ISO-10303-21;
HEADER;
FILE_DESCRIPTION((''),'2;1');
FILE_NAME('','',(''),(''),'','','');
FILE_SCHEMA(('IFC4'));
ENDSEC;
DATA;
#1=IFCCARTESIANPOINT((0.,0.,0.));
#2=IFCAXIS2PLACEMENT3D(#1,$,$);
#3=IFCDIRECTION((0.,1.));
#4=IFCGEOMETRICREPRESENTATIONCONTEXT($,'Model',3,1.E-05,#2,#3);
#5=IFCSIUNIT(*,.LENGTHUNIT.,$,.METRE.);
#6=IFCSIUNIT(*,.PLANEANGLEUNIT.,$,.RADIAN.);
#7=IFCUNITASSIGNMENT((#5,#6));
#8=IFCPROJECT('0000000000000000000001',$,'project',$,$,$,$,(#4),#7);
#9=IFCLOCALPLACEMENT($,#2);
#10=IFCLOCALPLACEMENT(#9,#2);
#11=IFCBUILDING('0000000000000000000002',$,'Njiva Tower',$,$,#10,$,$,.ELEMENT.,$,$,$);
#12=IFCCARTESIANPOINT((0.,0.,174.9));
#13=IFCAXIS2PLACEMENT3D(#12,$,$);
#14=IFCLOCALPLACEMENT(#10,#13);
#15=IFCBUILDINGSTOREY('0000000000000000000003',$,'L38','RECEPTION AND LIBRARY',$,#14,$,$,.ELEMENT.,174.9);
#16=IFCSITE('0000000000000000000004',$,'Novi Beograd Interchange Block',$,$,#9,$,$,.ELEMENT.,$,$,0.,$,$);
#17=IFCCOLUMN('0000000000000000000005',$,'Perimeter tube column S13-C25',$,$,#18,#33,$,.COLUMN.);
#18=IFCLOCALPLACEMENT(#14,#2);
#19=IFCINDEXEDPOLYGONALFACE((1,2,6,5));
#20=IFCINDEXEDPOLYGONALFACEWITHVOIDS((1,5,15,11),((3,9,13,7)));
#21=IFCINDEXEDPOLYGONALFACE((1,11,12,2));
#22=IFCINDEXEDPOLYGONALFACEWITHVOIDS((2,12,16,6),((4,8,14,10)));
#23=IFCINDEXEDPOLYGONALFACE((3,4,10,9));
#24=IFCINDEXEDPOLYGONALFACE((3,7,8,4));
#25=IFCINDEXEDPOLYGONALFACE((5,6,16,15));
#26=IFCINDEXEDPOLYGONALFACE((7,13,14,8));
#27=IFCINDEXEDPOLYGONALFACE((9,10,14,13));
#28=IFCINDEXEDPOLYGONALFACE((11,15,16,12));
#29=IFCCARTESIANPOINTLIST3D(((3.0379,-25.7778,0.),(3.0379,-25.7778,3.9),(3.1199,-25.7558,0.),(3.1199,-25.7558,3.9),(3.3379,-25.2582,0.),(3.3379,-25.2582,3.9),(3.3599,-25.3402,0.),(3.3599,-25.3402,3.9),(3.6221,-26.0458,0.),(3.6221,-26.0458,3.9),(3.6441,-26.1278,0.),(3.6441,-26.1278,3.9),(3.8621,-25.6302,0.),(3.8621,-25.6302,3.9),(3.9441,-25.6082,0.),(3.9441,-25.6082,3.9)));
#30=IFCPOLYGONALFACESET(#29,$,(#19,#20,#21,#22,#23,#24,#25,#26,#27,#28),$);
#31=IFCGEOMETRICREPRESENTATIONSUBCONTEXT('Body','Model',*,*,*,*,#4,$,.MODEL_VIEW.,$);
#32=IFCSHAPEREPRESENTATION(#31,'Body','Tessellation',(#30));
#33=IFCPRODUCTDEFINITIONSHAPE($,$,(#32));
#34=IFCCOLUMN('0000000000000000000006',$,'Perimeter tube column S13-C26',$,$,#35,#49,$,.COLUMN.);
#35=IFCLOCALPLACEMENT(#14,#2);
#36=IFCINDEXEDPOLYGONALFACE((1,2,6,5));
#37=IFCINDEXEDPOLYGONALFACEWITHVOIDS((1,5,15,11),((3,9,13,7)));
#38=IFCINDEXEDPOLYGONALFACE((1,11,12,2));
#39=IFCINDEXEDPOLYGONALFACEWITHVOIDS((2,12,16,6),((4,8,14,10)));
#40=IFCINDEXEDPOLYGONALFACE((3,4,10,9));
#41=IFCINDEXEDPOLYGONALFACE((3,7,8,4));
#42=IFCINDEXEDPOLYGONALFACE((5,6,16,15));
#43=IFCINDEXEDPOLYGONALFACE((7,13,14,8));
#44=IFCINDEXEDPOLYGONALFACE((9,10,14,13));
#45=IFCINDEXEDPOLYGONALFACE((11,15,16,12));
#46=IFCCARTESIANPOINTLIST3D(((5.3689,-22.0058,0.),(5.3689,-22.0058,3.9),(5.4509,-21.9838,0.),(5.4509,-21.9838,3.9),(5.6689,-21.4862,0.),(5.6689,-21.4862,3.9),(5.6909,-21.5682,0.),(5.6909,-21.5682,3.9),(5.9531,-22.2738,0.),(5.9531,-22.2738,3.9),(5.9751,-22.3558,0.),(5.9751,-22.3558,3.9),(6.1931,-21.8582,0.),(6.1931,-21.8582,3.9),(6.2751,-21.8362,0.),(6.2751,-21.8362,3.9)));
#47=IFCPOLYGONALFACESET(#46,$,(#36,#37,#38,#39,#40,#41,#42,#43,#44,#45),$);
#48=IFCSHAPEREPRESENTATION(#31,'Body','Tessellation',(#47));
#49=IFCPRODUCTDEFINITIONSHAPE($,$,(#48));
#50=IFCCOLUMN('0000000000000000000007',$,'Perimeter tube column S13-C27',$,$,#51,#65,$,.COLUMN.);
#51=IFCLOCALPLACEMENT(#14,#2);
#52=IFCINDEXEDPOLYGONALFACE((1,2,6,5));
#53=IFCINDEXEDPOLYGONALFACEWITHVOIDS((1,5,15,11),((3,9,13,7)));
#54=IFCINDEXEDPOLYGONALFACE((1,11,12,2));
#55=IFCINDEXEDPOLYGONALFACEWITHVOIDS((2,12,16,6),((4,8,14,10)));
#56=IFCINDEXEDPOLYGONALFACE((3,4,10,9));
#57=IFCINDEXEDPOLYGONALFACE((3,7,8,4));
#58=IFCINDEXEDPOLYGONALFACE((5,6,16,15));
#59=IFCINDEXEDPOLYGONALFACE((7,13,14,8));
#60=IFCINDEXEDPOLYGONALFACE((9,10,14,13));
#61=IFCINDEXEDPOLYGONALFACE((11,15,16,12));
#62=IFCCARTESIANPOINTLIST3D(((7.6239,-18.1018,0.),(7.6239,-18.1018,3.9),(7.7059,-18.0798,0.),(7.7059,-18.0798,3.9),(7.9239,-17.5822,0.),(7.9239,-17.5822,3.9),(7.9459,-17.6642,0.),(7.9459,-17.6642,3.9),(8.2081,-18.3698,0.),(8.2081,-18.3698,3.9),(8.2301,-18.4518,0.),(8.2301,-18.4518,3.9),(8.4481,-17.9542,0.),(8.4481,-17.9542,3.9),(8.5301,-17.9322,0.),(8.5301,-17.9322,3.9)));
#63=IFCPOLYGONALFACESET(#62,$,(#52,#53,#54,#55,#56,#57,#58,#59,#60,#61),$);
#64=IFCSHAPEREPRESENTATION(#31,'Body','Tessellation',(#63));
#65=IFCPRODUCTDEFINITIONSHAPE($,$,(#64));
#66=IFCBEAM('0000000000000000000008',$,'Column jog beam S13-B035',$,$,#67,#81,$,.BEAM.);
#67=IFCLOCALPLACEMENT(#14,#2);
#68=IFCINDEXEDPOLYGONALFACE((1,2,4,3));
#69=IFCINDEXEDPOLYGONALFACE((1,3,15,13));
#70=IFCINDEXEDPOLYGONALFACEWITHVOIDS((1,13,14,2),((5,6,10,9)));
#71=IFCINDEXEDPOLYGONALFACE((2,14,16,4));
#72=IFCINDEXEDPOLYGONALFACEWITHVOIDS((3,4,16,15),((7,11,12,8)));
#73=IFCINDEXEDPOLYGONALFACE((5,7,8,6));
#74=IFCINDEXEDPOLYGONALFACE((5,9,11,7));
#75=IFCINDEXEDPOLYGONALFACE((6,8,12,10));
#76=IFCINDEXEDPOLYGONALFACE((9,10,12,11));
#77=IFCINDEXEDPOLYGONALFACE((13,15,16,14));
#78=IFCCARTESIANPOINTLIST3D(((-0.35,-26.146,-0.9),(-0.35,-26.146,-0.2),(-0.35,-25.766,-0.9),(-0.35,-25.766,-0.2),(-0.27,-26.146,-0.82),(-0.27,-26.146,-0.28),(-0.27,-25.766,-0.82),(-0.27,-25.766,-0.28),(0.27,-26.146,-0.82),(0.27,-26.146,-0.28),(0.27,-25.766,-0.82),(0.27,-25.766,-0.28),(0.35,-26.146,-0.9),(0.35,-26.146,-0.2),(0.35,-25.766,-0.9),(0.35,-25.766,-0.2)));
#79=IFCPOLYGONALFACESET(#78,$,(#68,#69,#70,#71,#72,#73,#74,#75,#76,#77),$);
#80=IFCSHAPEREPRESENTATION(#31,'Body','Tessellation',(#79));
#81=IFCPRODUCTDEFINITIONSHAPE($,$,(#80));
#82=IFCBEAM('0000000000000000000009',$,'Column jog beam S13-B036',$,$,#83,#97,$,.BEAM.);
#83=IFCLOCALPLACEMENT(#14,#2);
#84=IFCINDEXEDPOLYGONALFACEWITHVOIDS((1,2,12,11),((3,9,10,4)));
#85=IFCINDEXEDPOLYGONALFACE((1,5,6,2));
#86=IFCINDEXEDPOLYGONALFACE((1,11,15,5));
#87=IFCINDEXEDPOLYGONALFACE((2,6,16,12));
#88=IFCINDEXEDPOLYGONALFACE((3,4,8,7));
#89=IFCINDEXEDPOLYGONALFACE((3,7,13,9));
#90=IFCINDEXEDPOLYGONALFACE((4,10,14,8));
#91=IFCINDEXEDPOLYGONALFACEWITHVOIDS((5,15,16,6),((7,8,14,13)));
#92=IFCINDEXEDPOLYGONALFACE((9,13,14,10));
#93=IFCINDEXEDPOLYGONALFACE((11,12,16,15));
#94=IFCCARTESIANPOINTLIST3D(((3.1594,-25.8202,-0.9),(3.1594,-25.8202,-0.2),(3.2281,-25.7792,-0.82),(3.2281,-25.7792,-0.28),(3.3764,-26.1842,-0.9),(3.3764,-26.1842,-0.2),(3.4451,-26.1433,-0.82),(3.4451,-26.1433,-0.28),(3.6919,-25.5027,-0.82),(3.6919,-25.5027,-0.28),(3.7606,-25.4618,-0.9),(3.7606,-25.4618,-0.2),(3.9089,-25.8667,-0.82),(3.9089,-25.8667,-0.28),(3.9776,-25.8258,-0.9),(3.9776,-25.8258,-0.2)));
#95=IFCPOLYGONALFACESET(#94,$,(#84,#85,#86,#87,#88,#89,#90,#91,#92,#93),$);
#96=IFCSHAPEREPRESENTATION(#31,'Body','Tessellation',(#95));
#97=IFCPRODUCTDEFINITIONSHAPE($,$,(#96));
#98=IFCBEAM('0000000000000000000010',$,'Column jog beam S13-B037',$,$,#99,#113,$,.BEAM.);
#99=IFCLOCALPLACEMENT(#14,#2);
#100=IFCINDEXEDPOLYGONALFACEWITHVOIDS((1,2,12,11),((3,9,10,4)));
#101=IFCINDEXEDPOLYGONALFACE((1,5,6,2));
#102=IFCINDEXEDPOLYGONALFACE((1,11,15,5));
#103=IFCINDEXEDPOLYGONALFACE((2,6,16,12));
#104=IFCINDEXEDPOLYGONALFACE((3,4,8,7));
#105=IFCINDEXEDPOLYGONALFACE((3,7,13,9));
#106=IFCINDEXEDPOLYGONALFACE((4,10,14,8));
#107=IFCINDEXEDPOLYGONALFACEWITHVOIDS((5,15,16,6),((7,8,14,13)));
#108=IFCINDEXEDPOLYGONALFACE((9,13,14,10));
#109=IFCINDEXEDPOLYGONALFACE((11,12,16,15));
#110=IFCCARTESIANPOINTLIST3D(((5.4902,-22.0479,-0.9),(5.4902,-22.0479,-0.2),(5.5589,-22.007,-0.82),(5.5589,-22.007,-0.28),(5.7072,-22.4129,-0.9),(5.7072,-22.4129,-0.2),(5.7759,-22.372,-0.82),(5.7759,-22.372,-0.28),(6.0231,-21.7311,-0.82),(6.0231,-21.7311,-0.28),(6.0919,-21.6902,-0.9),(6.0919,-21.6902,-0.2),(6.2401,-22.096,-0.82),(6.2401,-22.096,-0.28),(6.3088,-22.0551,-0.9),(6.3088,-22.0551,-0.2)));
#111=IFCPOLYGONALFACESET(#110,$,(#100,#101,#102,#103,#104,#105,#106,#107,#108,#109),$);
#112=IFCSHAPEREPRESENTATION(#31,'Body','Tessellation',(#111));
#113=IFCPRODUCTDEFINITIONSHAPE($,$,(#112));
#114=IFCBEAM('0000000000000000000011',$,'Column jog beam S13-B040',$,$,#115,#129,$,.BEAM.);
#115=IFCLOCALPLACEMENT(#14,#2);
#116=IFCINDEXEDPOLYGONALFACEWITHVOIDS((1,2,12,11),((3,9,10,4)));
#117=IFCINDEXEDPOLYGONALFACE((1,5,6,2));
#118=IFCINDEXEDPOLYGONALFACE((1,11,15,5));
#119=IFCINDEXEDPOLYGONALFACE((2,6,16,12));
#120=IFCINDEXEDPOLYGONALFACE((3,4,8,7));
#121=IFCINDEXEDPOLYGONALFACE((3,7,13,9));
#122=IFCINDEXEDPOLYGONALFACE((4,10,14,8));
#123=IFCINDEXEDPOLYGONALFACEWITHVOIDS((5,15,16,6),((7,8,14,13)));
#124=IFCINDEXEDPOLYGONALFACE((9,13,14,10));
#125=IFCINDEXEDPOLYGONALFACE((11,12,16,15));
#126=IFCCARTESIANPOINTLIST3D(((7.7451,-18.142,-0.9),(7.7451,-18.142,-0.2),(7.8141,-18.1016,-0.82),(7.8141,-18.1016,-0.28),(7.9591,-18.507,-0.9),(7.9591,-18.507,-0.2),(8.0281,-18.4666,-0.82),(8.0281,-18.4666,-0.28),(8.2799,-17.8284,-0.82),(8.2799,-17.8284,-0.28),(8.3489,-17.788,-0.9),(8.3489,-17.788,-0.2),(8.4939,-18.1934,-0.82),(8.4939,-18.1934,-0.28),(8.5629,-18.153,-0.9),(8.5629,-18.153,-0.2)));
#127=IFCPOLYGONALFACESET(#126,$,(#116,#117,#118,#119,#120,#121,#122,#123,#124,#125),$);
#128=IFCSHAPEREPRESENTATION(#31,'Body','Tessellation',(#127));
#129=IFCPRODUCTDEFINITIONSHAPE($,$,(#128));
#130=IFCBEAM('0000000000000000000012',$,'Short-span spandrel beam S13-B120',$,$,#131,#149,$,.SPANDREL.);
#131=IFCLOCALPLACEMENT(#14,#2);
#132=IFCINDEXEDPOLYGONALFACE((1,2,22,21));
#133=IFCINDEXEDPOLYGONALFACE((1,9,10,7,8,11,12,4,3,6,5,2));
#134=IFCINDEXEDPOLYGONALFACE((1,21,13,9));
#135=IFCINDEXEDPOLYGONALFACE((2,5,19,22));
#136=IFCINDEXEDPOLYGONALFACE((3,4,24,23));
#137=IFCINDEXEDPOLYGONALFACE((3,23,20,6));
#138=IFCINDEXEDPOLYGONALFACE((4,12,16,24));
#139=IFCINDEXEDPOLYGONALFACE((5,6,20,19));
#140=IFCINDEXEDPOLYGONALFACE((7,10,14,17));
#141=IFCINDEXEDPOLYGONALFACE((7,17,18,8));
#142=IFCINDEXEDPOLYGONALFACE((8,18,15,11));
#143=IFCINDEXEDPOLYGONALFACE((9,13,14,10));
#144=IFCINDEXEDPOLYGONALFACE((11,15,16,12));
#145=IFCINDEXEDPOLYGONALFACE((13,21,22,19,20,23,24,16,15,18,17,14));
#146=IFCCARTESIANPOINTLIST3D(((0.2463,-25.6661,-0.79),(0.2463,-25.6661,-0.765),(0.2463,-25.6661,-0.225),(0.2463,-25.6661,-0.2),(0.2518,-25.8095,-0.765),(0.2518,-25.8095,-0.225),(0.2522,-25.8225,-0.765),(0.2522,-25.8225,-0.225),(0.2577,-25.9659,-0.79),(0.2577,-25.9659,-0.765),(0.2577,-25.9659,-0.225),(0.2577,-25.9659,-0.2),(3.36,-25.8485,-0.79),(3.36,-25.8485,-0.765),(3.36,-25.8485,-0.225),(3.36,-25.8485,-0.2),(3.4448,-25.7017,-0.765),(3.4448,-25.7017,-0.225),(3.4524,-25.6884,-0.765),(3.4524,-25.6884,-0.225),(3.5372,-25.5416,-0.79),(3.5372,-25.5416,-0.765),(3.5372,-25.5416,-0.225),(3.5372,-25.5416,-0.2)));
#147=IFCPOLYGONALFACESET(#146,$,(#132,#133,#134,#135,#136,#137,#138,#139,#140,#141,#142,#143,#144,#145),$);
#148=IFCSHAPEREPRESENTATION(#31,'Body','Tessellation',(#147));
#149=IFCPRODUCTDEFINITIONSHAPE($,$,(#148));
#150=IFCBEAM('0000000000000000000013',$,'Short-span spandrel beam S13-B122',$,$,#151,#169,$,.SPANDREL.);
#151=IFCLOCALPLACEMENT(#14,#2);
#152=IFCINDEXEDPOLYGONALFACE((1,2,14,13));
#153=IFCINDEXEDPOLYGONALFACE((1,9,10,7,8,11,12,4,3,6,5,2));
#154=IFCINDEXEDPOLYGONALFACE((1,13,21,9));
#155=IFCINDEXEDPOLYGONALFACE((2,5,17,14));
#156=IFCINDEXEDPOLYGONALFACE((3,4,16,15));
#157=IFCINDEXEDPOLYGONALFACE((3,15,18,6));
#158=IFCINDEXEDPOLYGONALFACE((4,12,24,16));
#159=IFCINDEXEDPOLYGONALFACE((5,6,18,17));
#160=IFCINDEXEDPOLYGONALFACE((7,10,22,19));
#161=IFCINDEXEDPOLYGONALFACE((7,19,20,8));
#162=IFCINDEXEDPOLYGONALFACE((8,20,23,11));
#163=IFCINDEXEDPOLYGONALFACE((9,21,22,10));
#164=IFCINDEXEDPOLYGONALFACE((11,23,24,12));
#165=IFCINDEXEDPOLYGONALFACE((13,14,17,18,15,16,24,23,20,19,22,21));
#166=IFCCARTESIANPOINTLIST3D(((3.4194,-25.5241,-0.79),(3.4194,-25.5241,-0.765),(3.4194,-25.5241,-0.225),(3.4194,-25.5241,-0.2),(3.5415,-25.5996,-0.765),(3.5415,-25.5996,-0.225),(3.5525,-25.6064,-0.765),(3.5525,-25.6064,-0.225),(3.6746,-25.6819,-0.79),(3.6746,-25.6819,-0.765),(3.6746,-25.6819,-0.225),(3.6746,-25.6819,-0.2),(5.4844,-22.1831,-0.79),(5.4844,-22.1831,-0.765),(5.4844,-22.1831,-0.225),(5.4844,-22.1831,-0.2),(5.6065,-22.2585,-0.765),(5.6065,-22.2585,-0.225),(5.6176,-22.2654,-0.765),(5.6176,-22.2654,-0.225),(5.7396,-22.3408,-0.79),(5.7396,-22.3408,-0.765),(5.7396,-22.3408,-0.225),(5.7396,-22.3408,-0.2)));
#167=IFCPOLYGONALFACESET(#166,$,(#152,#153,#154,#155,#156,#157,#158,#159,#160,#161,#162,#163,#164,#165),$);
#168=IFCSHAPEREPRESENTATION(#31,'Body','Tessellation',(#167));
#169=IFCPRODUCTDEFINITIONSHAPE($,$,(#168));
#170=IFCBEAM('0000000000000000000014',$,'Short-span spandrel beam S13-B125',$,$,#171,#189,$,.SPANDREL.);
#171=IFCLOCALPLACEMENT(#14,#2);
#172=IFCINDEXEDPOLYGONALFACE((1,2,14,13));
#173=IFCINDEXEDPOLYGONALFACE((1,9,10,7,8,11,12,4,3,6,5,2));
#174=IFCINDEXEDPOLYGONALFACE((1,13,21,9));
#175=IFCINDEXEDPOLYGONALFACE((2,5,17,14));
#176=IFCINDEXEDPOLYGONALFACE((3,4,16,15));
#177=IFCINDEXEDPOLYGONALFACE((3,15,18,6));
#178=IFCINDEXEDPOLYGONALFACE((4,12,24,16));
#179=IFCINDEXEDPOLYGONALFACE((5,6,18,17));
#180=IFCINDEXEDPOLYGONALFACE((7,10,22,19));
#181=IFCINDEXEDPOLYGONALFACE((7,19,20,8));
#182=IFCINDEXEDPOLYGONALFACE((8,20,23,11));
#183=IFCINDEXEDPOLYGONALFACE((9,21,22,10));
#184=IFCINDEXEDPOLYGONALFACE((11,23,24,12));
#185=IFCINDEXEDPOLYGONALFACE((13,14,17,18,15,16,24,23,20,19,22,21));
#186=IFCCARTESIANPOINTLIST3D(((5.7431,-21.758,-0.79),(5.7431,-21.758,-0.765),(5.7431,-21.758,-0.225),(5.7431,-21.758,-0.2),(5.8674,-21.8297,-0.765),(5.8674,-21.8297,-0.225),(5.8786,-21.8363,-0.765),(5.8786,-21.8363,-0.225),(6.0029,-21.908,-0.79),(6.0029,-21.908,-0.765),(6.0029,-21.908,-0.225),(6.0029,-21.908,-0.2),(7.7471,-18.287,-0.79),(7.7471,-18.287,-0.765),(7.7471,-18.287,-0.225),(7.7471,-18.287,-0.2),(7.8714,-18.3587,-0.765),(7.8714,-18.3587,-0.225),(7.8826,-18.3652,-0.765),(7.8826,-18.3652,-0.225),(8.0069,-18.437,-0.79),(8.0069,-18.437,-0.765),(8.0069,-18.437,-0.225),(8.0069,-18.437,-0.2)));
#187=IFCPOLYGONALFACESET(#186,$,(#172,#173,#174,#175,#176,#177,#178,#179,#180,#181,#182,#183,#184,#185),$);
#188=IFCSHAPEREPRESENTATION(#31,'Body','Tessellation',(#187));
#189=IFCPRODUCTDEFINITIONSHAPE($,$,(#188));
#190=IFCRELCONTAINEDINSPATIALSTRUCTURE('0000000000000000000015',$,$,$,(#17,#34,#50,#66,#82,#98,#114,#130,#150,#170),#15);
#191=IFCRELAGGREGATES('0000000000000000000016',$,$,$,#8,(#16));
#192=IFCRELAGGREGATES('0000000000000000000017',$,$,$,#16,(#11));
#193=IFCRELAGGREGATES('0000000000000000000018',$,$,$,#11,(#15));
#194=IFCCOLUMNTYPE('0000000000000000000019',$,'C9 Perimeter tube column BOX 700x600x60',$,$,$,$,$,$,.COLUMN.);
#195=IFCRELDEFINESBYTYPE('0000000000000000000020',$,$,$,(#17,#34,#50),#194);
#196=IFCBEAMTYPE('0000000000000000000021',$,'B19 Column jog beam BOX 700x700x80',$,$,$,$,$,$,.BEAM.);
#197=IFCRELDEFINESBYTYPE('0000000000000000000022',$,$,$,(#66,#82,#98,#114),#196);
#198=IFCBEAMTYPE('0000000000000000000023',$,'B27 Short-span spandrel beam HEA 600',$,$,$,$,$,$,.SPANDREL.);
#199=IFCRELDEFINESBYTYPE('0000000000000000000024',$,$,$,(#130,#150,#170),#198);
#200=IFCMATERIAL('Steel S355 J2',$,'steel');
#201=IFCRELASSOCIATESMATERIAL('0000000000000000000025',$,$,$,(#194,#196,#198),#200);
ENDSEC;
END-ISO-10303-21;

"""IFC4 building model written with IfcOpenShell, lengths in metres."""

from ifc_helpers import new_model, si_unit, direction, frame, origin, origin_2d, place, context, subcontext, project, spatial, hollow_rectangle, i_section, extrude, clip, halfspace, material, material_profile, profile_set, type_object, element, save


model = new_model("IFC4")

# Units and contexts
model_context = context("Model", 3, precision=1e-05, world=origin(), true_north=direction((0.0, 1.0)))
body_context = subcontext(model_context, "Body", "Model", "MODEL_VIEW")
ifc_project = project(units=[si_unit("LENGTHUNIT", "METRE"), si_unit("PLANEANGLEUNIT", "RADIAN")], contexts=[model_context])

# Site, building, storey
site_placement = place(None, origin())
site = spatial("IfcSite", under=ifc_project, at=site_placement, Name="Novi Beograd Interchange Block", CompositionType="ELEMENT", RefElevation=0.0)
building_placement = place(site_placement, origin())
building = spatial("IfcBuilding", under=site, at=building_placement, Name="Njiva Tower", CompositionType="ELEMENT")
storey_placement = place(building_placement, frame((0.0, 0.0, 174.9)))
storey = spatial("IfcBuildingStorey", under=building, at=storey_placement, Name="L38", Description="RECEPTION AND LIBRARY", CompositionType="ELEMENT", Elevation=174.9)

# Columns
ifc_material_1 = material(Name="Steel S355 J2", Category="steel")
ifc_material_profile_1 = material_profile(ifc_material_1, hollow_rectangle(XDim=0.6, YDim=0.7, WallThickness=0.06, at=origin_2d()), Name="BOX 700x600x60")
ifc_profile_set_1 = profile_set([ifc_material_profile_1], Name="Steel S355 J2")
column_type = type_object("IfcColumnType", Name="C9 Perimeter tube column BOX 700x600x60", PredefinedType="COLUMN", material=ifc_profile_set_1)
for number, where, z_axis, x_axis, name in (
    (1, (3.491, -25.693, 0.0), (0.0, 0.0, 1.0), (0.5, 0.866025, 0.0), "Perimeter tube column S13-C25"),
    (2, (5.822, -21.921, 0.0), (0.0, 0.0, 1.0), (0.5, 0.866025, 0.0), "Perimeter tube column S13-C26"),
    (3, (8.077, -18.017, 0.0), (0.0, 0.0, 1.0), (0.5, 0.866025, 0.0), "Perimeter tube column S13-C27"),
):
    element("IfcColumn", number, at=place(storey_placement, frame(where, z_axis=z_axis, x_axis=x_axis)), inside=storey, type_object=column_type, Name=name, PredefinedType="COLUMN", context=body_context, shape_type="SweptSolid", body=[
        extrude(hollow_rectangle(XDim=0.6, YDim=0.7, WallThickness=0.06, at=origin_2d()), origin(), (0.0, 0.0, 1.0), 3.9),
    ])

# Beams
ifc_material_profile_2 = material_profile(ifc_material_1, hollow_rectangle(XDim=0.7, YDim=0.7, WallThickness=0.08, at=origin_2d()), Name="BOX 700x700x80")
ifc_profile_set_2 = profile_set([ifc_material_profile_2], Name="Steel S355 J2")
beam_type_1 = type_object("IfcBeamType", Name="B19 Column jog beam BOX 700x700x80", PredefinedType="BEAM", material=ifc_profile_set_2)
beam_1_placement = place(storey_placement, frame((0.0, -26.146, -0.55), z_axis=(0.0, 1.0, 0.0), x_axis=(-1.0, 0.0, 0.0)))
element("IfcBeam", 4, at=beam_1_placement, inside=storey, type_object=beam_type_1, Name="Column jog beam S13-B035", PredefinedType="BEAM", context=body_context, shape_type="SweptSolid", body=[
    extrude(hollow_rectangle(XDim=0.7, YDim=0.7, WallThickness=0.08, at=origin_2d()), origin(), (0.0, 0.0, 1.0), 0.38),
])
beam_2_placement = place(storey_placement, frame((3.677, -26.005, -0.55), z_axis=(-0.512065, 0.858947, 0.0), x_axis=(-0.858947, -0.512065, 0.0)))
element("IfcBeam", 5, at=beam_2_placement, inside=storey, type_object=beam_type_1, Name="Column jog beam S13-B036", PredefinedType="BEAM", context=body_context, shape_type="SweptSolid", body=[
    extrude(hollow_rectangle(XDim=0.7, YDim=0.7, WallThickness=0.08, at=origin_2d()), origin(), (0.0, 0.0, 1.0), 0.4238),
])
beam_3_placement = place(storey_placement, frame((6.008, -22.234, -0.55), z_axis=(-0.511028, 0.859564, 0.0), x_axis=(-0.859564, -0.511028, 0.0)))
element("IfcBeam", 6, at=beam_3_placement, inside=storey, type_object=beam_type_1, Name="Column jog beam S13-B037", PredefinedType="BEAM", context=body_context, shape_type="SweptSolid", body=[
    extrude(hollow_rectangle(XDim=0.7, YDim=0.7, WallThickness=0.08, at=origin_2d()), origin(), (0.0, 0.0, 1.0), 0.4246),
])
beam_4_placement = place(storey_placement, frame((8.261, -18.33, -0.55), z_axis=(-0.50578, 0.862662, 0.0), x_axis=(-0.862662, -0.50578, 0.0)))
element("IfcBeam", 7, at=beam_4_placement, inside=storey, type_object=beam_type_1, Name="Column jog beam S13-B040", PredefinedType="BEAM", context=body_context, shape_type="SweptSolid", body=[
    extrude(hollow_rectangle(XDim=0.7, YDim=0.7, WallThickness=0.08, at=origin_2d()), origin(), (0.0, 0.0, 1.0), 0.4231),
])
ifc_material_profile_3 = material_profile(ifc_material_1, i_section(OverallWidth=0.3, OverallDepth=0.59, WebThickness=0.013, FlangeThickness=0.025, at=origin_2d()), Name="HEA 600")
ifc_profile_set_3 = profile_set([ifc_material_profile_3], Name="Steel S355 J2")
beam_type_2 = type_object("IfcBeamType", Name="B27 Short-span spandrel beam HEA 600", PredefinedType="SPANDREL", material=ifc_profile_set_3)
beam_5_placement = place(storey_placement, frame((0.252, -25.816, -0.495), z_axis=(0.999285, 0.037821, 0.0), x_axis=(-0.037821, 0.999285, 0.0)))
element("IfcBeam", 8, at=beam_5_placement, inside=storey, type_object=beam_type_2, Name="Short-span spandrel beam S13-B120", PredefinedType="SPANDREL", context=body_context, shape_type="Clipping", body=[
    clip(extrude(i_section(OverallWidth=0.3, OverallDepth=0.59, WebThickness=0.013, FlangeThickness=0.025, at=origin_2d()), origin(), (0.0, 0.0, 1.0), 3.3133), halfspace(frame((-0.0262, 0.0, 3.1824), z_axis=(-0.532394, 0.0, 0.846497), x_axis=(0.0, 1.0, 0.0)), False)),
])
beam_6_placement = place(storey_placement, frame((3.547, -25.603, -0.495), z_axis=(0.525758, 0.850634, 0.0), x_axis=(-0.850634, 0.525758, 0.0)))
element("IfcBeam", 9, at=beam_6_placement, inside=storey, type_object=beam_type_2, Name="Short-span spandrel beam S13-B122", PredefinedType="SPANDREL", context=body_context, shape_type="SweptSolid", body=[
    extrude(i_section(OverallWidth=0.3, OverallDepth=0.59, WebThickness=0.013, FlangeThickness=0.025, at=origin_2d()), origin(), (0.0, 0.0, 1.0), 3.9277),
])
beam_7_placement = place(storey_placement, frame((5.873, -21.833, -0.495), z_axis=(0.500003, 0.866024, 0.0), x_axis=(-0.866024, 0.500003, 0.0)))
element("IfcBeam", 10, at=beam_7_placement, inside=storey, type_object=beam_type_2, Name="Short-span spandrel beam S13-B125", PredefinedType="SPANDREL", context=body_context, shape_type="SweptSolid", body=[
    extrude(i_section(OverallWidth=0.3, OverallDepth=0.59, WebThickness=0.013, FlangeThickness=0.025, at=origin_2d()), origin(), (0.0, 0.0, 1.0), 4.008),
])

save(model, "model.ifc")
